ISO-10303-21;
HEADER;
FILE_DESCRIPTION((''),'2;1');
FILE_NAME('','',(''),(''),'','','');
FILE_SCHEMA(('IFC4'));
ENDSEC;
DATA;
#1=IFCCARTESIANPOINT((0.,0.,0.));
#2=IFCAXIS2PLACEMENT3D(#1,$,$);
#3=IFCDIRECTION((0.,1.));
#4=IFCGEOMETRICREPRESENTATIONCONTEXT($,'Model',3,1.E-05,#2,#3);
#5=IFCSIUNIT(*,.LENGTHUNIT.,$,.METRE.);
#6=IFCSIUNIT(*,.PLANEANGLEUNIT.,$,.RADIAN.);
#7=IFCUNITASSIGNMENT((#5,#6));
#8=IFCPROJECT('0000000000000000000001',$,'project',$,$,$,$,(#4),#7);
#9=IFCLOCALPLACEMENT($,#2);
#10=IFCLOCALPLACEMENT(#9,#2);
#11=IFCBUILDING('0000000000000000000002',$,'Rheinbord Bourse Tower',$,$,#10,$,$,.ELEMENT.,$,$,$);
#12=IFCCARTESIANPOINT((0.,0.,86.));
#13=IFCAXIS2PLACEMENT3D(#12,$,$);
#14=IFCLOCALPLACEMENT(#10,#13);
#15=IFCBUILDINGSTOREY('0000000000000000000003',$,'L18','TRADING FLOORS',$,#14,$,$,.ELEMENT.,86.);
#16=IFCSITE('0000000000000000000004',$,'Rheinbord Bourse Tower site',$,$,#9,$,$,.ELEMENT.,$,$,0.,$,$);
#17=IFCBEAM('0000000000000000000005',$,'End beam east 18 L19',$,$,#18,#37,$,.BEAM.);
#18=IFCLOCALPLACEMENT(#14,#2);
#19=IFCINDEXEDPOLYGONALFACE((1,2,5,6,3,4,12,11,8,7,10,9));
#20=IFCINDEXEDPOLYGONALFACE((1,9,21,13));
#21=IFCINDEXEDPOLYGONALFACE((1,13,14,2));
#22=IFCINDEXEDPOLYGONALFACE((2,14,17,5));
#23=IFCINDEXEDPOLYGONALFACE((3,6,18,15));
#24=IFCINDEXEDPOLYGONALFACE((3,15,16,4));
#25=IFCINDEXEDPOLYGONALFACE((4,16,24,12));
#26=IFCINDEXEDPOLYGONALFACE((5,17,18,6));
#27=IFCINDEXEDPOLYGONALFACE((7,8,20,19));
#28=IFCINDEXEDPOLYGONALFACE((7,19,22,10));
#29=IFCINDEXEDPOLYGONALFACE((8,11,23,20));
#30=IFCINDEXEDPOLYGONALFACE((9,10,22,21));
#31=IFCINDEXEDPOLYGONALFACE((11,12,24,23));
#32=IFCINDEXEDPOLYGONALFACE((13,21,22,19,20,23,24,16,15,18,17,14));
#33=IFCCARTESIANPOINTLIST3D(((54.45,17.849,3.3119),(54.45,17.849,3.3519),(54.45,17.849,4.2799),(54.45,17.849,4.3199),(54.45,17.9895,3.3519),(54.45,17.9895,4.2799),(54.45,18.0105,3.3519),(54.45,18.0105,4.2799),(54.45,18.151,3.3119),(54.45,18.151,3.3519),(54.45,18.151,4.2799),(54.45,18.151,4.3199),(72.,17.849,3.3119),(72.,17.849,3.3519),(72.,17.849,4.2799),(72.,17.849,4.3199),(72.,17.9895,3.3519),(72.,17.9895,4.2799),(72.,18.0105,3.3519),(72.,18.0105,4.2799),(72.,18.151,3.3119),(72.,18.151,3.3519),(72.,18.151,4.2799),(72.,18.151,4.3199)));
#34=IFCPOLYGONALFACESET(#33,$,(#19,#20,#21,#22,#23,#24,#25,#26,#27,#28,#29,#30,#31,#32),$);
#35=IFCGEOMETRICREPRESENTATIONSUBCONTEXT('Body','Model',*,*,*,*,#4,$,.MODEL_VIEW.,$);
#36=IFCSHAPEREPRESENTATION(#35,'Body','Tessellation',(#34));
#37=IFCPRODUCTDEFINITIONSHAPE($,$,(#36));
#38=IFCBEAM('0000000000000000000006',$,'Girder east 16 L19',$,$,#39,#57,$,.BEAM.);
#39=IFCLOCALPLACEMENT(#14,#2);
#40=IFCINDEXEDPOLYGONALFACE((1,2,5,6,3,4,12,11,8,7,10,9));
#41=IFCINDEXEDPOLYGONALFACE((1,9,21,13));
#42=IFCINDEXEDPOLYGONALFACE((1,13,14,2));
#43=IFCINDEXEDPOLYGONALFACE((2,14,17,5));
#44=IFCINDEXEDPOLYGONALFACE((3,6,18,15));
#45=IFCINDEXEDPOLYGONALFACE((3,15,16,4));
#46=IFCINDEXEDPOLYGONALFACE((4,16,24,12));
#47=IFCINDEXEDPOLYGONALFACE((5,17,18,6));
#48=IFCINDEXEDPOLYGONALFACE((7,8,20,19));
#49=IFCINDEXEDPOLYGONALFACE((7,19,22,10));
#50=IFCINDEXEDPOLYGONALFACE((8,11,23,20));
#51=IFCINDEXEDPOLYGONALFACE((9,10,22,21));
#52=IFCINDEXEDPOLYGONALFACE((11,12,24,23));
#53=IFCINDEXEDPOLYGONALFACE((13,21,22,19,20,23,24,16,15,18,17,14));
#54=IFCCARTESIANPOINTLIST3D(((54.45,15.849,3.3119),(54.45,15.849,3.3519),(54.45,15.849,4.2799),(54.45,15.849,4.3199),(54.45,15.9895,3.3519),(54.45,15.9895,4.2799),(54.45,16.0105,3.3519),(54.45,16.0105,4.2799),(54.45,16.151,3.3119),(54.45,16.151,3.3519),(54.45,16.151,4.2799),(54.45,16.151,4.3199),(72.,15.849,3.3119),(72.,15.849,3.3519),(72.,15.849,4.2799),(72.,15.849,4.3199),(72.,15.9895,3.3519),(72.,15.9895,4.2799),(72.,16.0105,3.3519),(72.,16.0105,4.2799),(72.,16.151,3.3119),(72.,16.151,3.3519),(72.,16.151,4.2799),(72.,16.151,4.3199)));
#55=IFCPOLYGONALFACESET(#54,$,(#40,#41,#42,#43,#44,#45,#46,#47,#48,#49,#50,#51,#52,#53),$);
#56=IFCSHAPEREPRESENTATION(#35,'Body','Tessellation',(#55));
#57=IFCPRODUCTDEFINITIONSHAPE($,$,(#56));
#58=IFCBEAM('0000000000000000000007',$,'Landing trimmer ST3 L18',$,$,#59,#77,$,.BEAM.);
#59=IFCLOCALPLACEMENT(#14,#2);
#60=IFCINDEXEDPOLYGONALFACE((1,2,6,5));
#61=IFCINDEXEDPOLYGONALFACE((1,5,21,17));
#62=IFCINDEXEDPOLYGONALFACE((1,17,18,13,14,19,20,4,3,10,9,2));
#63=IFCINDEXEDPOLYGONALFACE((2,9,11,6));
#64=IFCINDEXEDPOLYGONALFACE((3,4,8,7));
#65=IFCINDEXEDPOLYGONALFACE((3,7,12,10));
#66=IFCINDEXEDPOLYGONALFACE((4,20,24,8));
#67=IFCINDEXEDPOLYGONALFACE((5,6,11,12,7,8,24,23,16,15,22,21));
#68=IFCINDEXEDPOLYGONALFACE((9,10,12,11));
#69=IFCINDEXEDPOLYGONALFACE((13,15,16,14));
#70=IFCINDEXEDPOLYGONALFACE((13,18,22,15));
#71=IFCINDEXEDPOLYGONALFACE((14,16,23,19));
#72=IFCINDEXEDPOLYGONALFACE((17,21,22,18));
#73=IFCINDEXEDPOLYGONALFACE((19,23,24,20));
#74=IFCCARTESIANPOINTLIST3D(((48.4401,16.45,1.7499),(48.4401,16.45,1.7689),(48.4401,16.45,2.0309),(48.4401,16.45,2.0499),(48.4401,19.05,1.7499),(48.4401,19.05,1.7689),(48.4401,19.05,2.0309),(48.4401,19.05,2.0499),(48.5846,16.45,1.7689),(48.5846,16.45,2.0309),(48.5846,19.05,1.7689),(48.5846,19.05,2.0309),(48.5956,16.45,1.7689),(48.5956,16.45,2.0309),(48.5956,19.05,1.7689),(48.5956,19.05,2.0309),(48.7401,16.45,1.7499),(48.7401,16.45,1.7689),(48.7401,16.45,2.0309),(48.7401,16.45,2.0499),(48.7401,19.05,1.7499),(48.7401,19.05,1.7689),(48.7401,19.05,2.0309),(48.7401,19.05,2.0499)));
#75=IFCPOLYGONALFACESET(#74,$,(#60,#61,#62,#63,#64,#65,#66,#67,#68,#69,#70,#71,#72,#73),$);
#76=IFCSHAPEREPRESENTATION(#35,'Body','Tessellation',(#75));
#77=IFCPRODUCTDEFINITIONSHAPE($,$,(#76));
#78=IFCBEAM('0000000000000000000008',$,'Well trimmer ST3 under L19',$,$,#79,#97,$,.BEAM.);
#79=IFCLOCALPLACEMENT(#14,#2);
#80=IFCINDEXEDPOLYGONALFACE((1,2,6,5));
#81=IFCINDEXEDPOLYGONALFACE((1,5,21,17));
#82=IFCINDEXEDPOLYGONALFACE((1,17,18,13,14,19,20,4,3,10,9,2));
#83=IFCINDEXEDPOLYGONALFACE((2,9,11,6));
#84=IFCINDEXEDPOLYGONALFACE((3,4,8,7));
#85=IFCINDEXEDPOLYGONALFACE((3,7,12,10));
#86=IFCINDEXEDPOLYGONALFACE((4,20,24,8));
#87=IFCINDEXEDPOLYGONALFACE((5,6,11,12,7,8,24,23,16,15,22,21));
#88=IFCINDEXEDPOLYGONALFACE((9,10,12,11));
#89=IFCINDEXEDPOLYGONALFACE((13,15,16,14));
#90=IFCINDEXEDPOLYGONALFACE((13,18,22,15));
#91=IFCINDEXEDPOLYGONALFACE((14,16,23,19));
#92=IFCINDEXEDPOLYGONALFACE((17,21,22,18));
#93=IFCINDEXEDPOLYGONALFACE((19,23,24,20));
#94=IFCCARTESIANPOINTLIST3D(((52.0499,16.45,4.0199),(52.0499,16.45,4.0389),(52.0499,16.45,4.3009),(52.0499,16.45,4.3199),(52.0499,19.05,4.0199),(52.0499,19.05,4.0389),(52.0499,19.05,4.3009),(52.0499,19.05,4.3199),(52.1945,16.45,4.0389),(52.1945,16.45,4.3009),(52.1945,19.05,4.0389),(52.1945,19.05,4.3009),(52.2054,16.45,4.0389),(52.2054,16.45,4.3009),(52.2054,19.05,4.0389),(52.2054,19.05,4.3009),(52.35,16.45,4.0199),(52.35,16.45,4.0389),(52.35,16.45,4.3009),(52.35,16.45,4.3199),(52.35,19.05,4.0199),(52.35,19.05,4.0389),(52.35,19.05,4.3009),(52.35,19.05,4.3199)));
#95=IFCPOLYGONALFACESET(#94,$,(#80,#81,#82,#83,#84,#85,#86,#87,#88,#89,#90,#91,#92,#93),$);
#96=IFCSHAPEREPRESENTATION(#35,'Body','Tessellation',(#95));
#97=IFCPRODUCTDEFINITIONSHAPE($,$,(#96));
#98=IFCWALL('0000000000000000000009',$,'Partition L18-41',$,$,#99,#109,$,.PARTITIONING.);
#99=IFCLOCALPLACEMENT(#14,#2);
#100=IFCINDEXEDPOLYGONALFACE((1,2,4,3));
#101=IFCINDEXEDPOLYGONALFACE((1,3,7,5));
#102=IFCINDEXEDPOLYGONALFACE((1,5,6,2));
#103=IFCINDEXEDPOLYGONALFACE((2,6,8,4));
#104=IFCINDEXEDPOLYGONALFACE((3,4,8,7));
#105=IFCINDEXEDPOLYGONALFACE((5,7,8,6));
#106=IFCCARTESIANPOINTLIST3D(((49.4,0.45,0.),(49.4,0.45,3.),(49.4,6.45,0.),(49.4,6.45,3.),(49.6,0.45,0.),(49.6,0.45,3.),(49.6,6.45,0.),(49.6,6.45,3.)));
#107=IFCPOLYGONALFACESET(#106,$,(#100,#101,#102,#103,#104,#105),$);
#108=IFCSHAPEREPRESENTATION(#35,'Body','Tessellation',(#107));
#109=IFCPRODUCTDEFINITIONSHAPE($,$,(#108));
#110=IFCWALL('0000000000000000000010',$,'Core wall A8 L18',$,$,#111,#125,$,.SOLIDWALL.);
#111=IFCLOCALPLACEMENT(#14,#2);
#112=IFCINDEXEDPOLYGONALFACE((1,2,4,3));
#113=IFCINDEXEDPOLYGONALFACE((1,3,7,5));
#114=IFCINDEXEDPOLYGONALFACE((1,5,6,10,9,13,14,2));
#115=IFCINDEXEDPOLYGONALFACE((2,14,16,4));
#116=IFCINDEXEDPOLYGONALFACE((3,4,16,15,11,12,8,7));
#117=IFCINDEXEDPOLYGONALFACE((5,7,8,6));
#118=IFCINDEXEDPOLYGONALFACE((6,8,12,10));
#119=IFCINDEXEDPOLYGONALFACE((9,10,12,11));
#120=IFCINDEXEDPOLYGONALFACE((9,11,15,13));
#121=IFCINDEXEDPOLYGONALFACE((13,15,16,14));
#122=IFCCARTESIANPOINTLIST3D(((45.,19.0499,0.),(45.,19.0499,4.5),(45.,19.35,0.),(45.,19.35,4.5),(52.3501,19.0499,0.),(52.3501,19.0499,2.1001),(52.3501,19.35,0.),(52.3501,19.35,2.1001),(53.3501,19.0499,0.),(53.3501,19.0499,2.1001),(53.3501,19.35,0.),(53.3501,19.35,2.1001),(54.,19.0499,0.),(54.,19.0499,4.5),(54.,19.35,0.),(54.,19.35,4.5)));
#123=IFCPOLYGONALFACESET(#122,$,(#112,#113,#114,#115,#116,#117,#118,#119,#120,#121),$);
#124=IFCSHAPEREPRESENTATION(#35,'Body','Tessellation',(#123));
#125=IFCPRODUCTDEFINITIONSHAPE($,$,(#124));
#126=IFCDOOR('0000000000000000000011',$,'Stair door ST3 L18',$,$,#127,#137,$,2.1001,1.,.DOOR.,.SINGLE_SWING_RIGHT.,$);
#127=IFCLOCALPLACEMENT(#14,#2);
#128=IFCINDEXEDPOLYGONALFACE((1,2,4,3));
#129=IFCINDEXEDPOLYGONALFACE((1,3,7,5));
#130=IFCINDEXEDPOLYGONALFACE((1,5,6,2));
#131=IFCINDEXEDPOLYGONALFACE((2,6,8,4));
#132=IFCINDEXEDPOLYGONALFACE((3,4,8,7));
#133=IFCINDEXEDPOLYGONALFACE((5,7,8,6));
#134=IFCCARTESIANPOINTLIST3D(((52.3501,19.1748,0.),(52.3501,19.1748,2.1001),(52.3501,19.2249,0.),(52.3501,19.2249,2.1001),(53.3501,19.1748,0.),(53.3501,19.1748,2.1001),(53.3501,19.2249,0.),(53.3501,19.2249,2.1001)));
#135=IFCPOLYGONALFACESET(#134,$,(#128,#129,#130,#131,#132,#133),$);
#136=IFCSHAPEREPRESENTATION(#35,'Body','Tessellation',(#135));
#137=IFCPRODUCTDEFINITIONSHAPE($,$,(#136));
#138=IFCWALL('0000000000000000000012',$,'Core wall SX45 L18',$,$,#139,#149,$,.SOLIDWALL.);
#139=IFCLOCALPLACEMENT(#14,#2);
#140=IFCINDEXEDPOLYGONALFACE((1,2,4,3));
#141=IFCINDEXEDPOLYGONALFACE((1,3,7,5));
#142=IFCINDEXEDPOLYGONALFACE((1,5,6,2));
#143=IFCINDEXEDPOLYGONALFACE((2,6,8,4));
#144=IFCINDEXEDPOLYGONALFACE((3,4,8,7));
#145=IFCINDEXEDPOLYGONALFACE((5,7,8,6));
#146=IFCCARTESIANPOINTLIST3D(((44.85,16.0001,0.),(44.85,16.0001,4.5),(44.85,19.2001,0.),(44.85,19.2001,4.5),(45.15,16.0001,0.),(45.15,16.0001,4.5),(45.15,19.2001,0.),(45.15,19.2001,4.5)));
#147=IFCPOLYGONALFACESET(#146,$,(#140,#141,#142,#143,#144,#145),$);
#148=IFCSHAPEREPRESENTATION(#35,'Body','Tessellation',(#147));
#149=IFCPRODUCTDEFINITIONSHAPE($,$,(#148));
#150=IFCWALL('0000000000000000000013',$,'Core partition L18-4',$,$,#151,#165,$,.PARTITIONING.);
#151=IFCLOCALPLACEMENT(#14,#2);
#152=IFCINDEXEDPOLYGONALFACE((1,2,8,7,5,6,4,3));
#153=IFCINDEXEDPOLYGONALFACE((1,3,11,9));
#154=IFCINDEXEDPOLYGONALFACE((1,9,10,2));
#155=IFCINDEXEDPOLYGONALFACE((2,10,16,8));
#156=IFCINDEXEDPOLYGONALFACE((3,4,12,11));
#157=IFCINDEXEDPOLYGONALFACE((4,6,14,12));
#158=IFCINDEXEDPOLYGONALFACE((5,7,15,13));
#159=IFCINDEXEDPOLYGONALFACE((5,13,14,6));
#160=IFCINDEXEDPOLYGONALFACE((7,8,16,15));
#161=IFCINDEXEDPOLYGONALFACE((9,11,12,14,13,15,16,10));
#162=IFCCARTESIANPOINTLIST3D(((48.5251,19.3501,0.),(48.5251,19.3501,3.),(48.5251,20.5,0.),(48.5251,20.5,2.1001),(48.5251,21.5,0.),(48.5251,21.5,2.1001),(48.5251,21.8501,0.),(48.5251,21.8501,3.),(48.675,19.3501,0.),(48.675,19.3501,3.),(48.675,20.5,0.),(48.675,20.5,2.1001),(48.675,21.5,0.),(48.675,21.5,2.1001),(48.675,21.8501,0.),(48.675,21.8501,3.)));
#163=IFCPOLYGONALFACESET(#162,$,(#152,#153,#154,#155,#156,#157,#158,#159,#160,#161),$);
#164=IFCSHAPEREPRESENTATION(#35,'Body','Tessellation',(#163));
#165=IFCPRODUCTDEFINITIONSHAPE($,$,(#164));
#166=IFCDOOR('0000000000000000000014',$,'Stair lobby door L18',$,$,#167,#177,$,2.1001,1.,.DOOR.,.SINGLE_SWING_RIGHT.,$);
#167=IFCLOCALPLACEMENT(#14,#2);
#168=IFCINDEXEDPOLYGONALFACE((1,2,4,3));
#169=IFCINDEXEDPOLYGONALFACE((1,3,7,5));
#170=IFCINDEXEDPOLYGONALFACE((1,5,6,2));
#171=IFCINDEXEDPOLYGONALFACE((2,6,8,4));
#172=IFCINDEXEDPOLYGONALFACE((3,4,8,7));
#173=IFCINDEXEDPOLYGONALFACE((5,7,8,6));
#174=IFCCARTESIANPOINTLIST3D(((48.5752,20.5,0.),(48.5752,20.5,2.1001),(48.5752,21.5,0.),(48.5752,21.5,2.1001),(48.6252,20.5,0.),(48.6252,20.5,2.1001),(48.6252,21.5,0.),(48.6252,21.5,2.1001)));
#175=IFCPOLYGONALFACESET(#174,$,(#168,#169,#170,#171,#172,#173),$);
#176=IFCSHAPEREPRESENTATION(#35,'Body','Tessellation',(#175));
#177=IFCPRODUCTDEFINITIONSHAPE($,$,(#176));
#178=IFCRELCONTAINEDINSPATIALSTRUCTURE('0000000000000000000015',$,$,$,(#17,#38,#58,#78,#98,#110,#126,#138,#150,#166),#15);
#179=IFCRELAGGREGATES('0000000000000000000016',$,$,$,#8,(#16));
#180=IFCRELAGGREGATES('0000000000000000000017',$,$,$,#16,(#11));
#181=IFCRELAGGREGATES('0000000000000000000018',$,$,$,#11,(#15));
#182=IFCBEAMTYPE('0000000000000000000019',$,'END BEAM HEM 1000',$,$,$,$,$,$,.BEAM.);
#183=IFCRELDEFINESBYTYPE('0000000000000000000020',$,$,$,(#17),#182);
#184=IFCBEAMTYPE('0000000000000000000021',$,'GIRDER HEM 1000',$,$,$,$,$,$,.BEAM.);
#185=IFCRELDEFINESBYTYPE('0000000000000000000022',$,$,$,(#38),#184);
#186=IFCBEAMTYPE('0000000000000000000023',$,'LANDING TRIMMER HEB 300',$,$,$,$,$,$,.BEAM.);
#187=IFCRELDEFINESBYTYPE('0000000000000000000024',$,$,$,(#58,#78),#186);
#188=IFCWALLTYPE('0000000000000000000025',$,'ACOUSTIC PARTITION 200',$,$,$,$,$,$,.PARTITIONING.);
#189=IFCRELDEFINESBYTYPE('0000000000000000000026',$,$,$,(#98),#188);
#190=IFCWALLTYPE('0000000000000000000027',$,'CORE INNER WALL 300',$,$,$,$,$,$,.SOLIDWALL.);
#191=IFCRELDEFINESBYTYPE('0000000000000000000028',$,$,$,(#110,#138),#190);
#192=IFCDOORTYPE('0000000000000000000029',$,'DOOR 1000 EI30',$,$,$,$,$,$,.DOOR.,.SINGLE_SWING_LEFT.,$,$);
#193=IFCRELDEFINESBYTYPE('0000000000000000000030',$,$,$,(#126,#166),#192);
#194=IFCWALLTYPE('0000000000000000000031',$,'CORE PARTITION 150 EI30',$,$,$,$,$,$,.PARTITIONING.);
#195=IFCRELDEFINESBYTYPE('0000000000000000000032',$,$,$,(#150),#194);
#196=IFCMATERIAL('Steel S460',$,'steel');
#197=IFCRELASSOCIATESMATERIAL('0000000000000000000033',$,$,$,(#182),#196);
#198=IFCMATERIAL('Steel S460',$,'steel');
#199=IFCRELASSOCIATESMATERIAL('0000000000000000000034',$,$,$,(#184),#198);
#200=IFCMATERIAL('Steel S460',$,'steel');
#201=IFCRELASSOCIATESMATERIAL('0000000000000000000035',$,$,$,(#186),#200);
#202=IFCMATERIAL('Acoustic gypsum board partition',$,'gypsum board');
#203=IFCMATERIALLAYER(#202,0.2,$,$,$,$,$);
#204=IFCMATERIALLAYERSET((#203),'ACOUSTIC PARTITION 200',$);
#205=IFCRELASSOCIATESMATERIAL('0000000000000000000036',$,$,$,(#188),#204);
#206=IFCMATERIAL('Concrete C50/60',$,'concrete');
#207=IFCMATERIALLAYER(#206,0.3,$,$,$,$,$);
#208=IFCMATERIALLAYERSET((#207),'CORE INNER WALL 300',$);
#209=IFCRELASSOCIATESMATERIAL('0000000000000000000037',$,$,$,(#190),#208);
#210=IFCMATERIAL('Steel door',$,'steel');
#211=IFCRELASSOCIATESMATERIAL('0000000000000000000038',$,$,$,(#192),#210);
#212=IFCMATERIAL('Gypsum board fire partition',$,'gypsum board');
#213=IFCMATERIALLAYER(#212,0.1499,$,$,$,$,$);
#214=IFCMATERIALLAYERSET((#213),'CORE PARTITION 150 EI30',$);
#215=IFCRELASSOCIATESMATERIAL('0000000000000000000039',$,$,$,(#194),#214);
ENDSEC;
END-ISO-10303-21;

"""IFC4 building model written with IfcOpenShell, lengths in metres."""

from ifc_helpers import new_model, si_unit, direction, frame, frame_2d, origin, origin_2d, place, context, subcontext, project, spatial, rectangle, i_section, extrude, material, layer, layer_set, material_profile, profile_set, type_object, element, fill, save


model = new_model("IFC4")

# Units and contexts
model_context = context("Model", 3, precision=1e-05, world=origin(), true_north=direction((0.0, 1.0)))
body_context = subcontext(model_context, "Body", "Model", "MODEL_VIEW")
ifc_project = project(units=[si_unit("LENGTHUNIT", "METRE"), si_unit("PLANEANGLEUNIT", "RADIAN")], contexts=[model_context])

# Site, building, storey
site_placement = place(None, origin())
site = spatial("IfcSite", under=ifc_project, at=site_placement, Name="Rheinbord Bourse Tower site", CompositionType="ELEMENT", RefElevation=0.0)
building_placement = place(site_placement, origin())
building = spatial("IfcBuilding", under=site, at=building_placement, Name="Rheinbord Bourse Tower", CompositionType="ELEMENT")
storey_placement = place(building_placement, frame((0.0, 0.0, 86.0)))
storey = spatial("IfcBuildingStorey", under=building, at=storey_placement, Name="L18", Description="TRADING FLOORS", CompositionType="ELEMENT", Elevation=86.0)

# Beams
ifc_material_1 = material(Name="Steel S460", Category="steel")
ifc_material_profile_1 = material_profile(ifc_material_1, i_section(OverallWidth=0.302, OverallDepth=1.0081, WebThickness=0.021, FlangeThickness=0.04, at=origin_2d()), Name="HEM 1000")
ifc_profile_set_1 = profile_set([ifc_material_profile_1], Name="Steel S460")
beam_type_1 = type_object("IfcBeamType", Name="END BEAM HEM 1000", PredefinedType="BEAM", material=ifc_profile_set_1)
beam_1_placement = place(storey_placement, frame((54.45, 18.0, 3.8159), z_axis=(1.0, 0.0, 0.0), x_axis=(0.0, 1.0, 0.0)))
element("IfcBeam", 1, at=beam_1_placement, inside=storey, type_object=beam_type_1, Name="End beam east 18 L19", PredefinedType="BEAM", context=body_context, shape_type="SweptSolid", body=[
    extrude(i_section(OverallWidth=0.302, OverallDepth=1.0081, WebThickness=0.021, FlangeThickness=0.04, at=origin_2d()), origin(), (0.0, 0.0, 1.0), 17.55),
])
ifc_material_2 = material(Name="Steel S460", Category="steel")
ifc_material_profile_2 = material_profile(ifc_material_2, i_section(OverallWidth=0.302, OverallDepth=1.0081, WebThickness=0.021, FlangeThickness=0.04, at=origin_2d()), Name="HEM 1000")
ifc_profile_set_2 = profile_set([ifc_material_profile_2], Name="Steel S460")
beam_type_2 = type_object("IfcBeamType", Name="GIRDER HEM 1000", PredefinedType="BEAM", material=ifc_profile_set_2)
beam_2_placement = place(storey_placement, frame((54.45, 16.0, 3.8159), z_axis=(1.0, 0.0, 0.0), x_axis=(0.0, 1.0, 0.0)))
element("IfcBeam", 2, at=beam_2_placement, inside=storey, type_object=beam_type_2, Name="Girder east 16 L19", PredefinedType="BEAM", context=body_context, shape_type="SweptSolid", body=[
    extrude(i_section(OverallWidth=0.302, OverallDepth=1.0081, WebThickness=0.021, FlangeThickness=0.04, at=origin_2d()), origin(), (0.0, 0.0, 1.0), 17.55),
])
ifc_material_3 = material(Name="Steel S460", Category="steel")
ifc_material_profile_3 = material_profile(ifc_material_3, i_section(OverallWidth=0.3, OverallDepth=0.3, WebThickness=0.011, FlangeThickness=0.019, at=origin_2d()), Name="HEB 300")
ifc_profile_set_3 = profile_set([ifc_material_profile_3], Name="Steel S460")
beam_type_3 = type_object("IfcBeamType", Name="LANDING TRIMMER HEB 300", PredefinedType="BEAM", material=ifc_profile_set_3)
for number, where, z_axis, x_axis, name in (
    (3, (48.5901, 16.45, 1.8999), (0.0, 1.0, 0.0), (-1.0, 0.0, 0.0), "Landing trimmer ST3 L18"),
    (4, (52.2, 16.45, 4.1699), (0.0, 1.0, 0.0), (-1.0, 0.0, 0.0), "Well trimmer ST3 under L19"),
):
    element("IfcBeam", number, at=place(storey_placement, frame(where, z_axis=z_axis, x_axis=x_axis)), inside=storey, type_object=beam_type_3, Name=name, PredefinedType="BEAM", context=body_context, shape_type="SweptSolid", body=[
        extrude(i_section(OverallWidth=0.3, OverallDepth=0.3, WebThickness=0.011, FlangeThickness=0.019, at=origin_2d()), origin(), (0.0, 0.0, 1.0), 2.6001),
    ])

# Wall
ifc_material_4 = material(Name="Acoustic gypsum board partition", Category="gypsum board")
ifc_layer_1 = layer(ifc_material_4, 0.2)
ifc_layer_set_1 = layer_set([ifc_layer_1], Name="ACOUSTIC PARTITION 200")
wall_type_1 = type_object("IfcWallType", Name="ACOUSTIC PARTITION 200", PredefinedType="PARTITIONING", material=ifc_layer_set_1)
wall_1_placement = place(storey_placement, frame((49.5, 0.45, 0.0), z_axis=(0.0, 0.0, 1.0), x_axis=(0.0, 1.0, 0.0)))
element("IfcWall", 5, at=wall_1_placement, inside=storey, type_object=wall_type_1, Name="Partition L18-41", PredefinedType="PARTITIONING", context=body_context, shape_type="SweptSolid", body=[
    extrude(rectangle(XDim=6.0, YDim=0.2, at=frame_2d((3.0, 0.0))), origin(), (0.0, 0.0, 1.0), 3.0),
])

# Wall, opening, door
ifc_material_5 = material(Name="Concrete C50/60", Category="concrete")
ifc_layer_2 = layer(ifc_material_5, 0.3)
ifc_layer_set_2 = layer_set([ifc_layer_2], Name="CORE INNER WALL 300")
wall_type_2 = type_object("IfcWallType", Name="CORE INNER WALL 300", PredefinedType="SOLIDWALL", material=ifc_layer_set_2)
wall_2_placement = place(storey_placement, frame((45.0, 19.2, 0.0), z_axis=(0.0, 0.0, 1.0), x_axis=(1.0, 0.0, 0.0)))
wall_2 = element("IfcWall", 6, at=wall_2_placement, inside=storey, type_object=wall_type_2, Name="Core wall A8 L18", PredefinedType="SOLIDWALL", context=body_context, shape_type="SweptSolid", body=[
    extrude(rectangle(XDim=9.0, YDim=0.3, at=frame_2d((4.5, 0.0))), origin(), (0.0, 0.0, 1.0), 4.5),
])
opening_1_placement = place(wall_2_placement, frame((7.3501, 0.0, 0.0)))
opening_1 = element("IfcOpeningElement", 7, at=opening_1_placement, cuts=wall_2, PredefinedType="OPENING", context=body_context, shape_type="SweptSolid", body=[
    extrude(rectangle(XDim=1.0, YDim=2.1001, at=frame_2d((0.5, 1.05))), frame((0.0, 0.1599, 0.0), z_axis=(0.0, -1.0, 0.0), x_axis=(1.0, 0.0, 0.0)), (0.0, 0.0, 1.0), 0.3201),
])
ifc_material_6 = material(Name="Steel door", Category="steel")
door_type_1 = type_object("IfcDoorType", Name="DOOR 1000 EI30", OperationType="SINGLE_SWING_LEFT", PredefinedType="DOOR", material=ifc_material_6)
door_1_placement = place(opening_1_placement, origin())
door_1 = element("IfcDoor", 8, at=door_1_placement, inside=storey, type_object=door_type_1, Name="Stair door ST3 L18", OperationType="SINGLE_SWING_RIGHT", OverallHeight=2.1001, OverallWidth=1.0, PredefinedType="DOOR", context=body_context, shape_type="SweptSolid", body=[
    extrude(rectangle(XDim=1.0, YDim=2.1001, at=frame_2d((0.5, 1.05))), frame((0.0, 0.0249, 0.0), z_axis=(0.0, -1.0, 0.0), x_axis=(1.0, 0.0, 0.0)), (0.0, 0.0, 1.0), 0.05),
])
fill(opening_1, door_1)

# Wall
wall_3_placement = place(storey_placement, frame((45.0, 16.0, 0.0), z_axis=(0.0, 0.0, 1.0), x_axis=(0.0, 1.0, 0.0)))
element("IfcWall", 9, at=wall_3_placement, inside=storey, type_object=wall_type_2, Name="Core wall SX45 L18", PredefinedType="SOLIDWALL", context=body_context, shape_type="SweptSolid", body=[
    extrude(rectangle(XDim=3.2, YDim=0.3, at=frame_2d((1.6001, 0.0))), origin(), (0.0, 0.0, 1.0), 4.5),
])

# Wall, opening, door
ifc_material_7 = material(Name="Gypsum board fire partition", Category="gypsum board")
ifc_layer_3 = layer(ifc_material_7, 0.1499)
ifc_layer_set_3 = layer_set([ifc_layer_3], Name="CORE PARTITION 150 EI30")
wall_type_3 = type_object("IfcWallType", Name="CORE PARTITION 150 EI30", PredefinedType="PARTITIONING", material=ifc_layer_set_3)
wall_4_placement = place(storey_placement, frame((48.6001, 19.3501, 0.0), z_axis=(0.0, 0.0, 1.0), x_axis=(0.0, 1.0, 0.0)))
wall_4 = element("IfcWall", 10, at=wall_4_placement, inside=storey, type_object=wall_type_3, Name="Core partition L18-4", PredefinedType="PARTITIONING", context=body_context, shape_type="SweptSolid", body=[
    extrude(rectangle(XDim=2.5, YDim=0.1499, at=frame_2d((1.25, 0.0))), origin(), (0.0, 0.0, 1.0), 3.0),
])
opening_2_placement = place(wall_4_placement, frame((1.1499, 0.0, 0.0)))
opening_2 = element("IfcOpeningElement", 11, at=opening_2_placement, cuts=wall_4, PredefinedType="OPENING", context=body_context, shape_type="SweptSolid", body=[
    extrude(rectangle(XDim=1.0, YDim=2.1001, at=frame_2d((0.5, 1.05))), frame((0.0, 0.085, 0.0), z_axis=(0.0, -1.0, 0.0), x_axis=(1.0, 0.0, 0.0)), (0.0, 0.0, 1.0), 0.1699),
])
door_2_placement = place(opening_2_placement, origin())
door_2 = element("IfcDoor", 12, at=door_2_placement, inside=storey, type_object=door_type_1, Name="Stair lobby door L18", OperationType="SINGLE_SWING_RIGHT", OverallHeight=2.1001, OverallWidth=1.0, PredefinedType="DOOR", context=body_context, shape_type="SweptSolid", body=[
    extrude(rectangle(XDim=1.0, YDim=2.1001, at=frame_2d((0.5, 1.05))), frame((0.0, 0.0249, 0.0), z_axis=(0.0, -1.0, 0.0), x_axis=(1.0, 0.0, 0.0)), (0.0, 0.0, 1.0), 0.05),
])
fill(opening_2, door_2)

save(model, "model.ifc")
